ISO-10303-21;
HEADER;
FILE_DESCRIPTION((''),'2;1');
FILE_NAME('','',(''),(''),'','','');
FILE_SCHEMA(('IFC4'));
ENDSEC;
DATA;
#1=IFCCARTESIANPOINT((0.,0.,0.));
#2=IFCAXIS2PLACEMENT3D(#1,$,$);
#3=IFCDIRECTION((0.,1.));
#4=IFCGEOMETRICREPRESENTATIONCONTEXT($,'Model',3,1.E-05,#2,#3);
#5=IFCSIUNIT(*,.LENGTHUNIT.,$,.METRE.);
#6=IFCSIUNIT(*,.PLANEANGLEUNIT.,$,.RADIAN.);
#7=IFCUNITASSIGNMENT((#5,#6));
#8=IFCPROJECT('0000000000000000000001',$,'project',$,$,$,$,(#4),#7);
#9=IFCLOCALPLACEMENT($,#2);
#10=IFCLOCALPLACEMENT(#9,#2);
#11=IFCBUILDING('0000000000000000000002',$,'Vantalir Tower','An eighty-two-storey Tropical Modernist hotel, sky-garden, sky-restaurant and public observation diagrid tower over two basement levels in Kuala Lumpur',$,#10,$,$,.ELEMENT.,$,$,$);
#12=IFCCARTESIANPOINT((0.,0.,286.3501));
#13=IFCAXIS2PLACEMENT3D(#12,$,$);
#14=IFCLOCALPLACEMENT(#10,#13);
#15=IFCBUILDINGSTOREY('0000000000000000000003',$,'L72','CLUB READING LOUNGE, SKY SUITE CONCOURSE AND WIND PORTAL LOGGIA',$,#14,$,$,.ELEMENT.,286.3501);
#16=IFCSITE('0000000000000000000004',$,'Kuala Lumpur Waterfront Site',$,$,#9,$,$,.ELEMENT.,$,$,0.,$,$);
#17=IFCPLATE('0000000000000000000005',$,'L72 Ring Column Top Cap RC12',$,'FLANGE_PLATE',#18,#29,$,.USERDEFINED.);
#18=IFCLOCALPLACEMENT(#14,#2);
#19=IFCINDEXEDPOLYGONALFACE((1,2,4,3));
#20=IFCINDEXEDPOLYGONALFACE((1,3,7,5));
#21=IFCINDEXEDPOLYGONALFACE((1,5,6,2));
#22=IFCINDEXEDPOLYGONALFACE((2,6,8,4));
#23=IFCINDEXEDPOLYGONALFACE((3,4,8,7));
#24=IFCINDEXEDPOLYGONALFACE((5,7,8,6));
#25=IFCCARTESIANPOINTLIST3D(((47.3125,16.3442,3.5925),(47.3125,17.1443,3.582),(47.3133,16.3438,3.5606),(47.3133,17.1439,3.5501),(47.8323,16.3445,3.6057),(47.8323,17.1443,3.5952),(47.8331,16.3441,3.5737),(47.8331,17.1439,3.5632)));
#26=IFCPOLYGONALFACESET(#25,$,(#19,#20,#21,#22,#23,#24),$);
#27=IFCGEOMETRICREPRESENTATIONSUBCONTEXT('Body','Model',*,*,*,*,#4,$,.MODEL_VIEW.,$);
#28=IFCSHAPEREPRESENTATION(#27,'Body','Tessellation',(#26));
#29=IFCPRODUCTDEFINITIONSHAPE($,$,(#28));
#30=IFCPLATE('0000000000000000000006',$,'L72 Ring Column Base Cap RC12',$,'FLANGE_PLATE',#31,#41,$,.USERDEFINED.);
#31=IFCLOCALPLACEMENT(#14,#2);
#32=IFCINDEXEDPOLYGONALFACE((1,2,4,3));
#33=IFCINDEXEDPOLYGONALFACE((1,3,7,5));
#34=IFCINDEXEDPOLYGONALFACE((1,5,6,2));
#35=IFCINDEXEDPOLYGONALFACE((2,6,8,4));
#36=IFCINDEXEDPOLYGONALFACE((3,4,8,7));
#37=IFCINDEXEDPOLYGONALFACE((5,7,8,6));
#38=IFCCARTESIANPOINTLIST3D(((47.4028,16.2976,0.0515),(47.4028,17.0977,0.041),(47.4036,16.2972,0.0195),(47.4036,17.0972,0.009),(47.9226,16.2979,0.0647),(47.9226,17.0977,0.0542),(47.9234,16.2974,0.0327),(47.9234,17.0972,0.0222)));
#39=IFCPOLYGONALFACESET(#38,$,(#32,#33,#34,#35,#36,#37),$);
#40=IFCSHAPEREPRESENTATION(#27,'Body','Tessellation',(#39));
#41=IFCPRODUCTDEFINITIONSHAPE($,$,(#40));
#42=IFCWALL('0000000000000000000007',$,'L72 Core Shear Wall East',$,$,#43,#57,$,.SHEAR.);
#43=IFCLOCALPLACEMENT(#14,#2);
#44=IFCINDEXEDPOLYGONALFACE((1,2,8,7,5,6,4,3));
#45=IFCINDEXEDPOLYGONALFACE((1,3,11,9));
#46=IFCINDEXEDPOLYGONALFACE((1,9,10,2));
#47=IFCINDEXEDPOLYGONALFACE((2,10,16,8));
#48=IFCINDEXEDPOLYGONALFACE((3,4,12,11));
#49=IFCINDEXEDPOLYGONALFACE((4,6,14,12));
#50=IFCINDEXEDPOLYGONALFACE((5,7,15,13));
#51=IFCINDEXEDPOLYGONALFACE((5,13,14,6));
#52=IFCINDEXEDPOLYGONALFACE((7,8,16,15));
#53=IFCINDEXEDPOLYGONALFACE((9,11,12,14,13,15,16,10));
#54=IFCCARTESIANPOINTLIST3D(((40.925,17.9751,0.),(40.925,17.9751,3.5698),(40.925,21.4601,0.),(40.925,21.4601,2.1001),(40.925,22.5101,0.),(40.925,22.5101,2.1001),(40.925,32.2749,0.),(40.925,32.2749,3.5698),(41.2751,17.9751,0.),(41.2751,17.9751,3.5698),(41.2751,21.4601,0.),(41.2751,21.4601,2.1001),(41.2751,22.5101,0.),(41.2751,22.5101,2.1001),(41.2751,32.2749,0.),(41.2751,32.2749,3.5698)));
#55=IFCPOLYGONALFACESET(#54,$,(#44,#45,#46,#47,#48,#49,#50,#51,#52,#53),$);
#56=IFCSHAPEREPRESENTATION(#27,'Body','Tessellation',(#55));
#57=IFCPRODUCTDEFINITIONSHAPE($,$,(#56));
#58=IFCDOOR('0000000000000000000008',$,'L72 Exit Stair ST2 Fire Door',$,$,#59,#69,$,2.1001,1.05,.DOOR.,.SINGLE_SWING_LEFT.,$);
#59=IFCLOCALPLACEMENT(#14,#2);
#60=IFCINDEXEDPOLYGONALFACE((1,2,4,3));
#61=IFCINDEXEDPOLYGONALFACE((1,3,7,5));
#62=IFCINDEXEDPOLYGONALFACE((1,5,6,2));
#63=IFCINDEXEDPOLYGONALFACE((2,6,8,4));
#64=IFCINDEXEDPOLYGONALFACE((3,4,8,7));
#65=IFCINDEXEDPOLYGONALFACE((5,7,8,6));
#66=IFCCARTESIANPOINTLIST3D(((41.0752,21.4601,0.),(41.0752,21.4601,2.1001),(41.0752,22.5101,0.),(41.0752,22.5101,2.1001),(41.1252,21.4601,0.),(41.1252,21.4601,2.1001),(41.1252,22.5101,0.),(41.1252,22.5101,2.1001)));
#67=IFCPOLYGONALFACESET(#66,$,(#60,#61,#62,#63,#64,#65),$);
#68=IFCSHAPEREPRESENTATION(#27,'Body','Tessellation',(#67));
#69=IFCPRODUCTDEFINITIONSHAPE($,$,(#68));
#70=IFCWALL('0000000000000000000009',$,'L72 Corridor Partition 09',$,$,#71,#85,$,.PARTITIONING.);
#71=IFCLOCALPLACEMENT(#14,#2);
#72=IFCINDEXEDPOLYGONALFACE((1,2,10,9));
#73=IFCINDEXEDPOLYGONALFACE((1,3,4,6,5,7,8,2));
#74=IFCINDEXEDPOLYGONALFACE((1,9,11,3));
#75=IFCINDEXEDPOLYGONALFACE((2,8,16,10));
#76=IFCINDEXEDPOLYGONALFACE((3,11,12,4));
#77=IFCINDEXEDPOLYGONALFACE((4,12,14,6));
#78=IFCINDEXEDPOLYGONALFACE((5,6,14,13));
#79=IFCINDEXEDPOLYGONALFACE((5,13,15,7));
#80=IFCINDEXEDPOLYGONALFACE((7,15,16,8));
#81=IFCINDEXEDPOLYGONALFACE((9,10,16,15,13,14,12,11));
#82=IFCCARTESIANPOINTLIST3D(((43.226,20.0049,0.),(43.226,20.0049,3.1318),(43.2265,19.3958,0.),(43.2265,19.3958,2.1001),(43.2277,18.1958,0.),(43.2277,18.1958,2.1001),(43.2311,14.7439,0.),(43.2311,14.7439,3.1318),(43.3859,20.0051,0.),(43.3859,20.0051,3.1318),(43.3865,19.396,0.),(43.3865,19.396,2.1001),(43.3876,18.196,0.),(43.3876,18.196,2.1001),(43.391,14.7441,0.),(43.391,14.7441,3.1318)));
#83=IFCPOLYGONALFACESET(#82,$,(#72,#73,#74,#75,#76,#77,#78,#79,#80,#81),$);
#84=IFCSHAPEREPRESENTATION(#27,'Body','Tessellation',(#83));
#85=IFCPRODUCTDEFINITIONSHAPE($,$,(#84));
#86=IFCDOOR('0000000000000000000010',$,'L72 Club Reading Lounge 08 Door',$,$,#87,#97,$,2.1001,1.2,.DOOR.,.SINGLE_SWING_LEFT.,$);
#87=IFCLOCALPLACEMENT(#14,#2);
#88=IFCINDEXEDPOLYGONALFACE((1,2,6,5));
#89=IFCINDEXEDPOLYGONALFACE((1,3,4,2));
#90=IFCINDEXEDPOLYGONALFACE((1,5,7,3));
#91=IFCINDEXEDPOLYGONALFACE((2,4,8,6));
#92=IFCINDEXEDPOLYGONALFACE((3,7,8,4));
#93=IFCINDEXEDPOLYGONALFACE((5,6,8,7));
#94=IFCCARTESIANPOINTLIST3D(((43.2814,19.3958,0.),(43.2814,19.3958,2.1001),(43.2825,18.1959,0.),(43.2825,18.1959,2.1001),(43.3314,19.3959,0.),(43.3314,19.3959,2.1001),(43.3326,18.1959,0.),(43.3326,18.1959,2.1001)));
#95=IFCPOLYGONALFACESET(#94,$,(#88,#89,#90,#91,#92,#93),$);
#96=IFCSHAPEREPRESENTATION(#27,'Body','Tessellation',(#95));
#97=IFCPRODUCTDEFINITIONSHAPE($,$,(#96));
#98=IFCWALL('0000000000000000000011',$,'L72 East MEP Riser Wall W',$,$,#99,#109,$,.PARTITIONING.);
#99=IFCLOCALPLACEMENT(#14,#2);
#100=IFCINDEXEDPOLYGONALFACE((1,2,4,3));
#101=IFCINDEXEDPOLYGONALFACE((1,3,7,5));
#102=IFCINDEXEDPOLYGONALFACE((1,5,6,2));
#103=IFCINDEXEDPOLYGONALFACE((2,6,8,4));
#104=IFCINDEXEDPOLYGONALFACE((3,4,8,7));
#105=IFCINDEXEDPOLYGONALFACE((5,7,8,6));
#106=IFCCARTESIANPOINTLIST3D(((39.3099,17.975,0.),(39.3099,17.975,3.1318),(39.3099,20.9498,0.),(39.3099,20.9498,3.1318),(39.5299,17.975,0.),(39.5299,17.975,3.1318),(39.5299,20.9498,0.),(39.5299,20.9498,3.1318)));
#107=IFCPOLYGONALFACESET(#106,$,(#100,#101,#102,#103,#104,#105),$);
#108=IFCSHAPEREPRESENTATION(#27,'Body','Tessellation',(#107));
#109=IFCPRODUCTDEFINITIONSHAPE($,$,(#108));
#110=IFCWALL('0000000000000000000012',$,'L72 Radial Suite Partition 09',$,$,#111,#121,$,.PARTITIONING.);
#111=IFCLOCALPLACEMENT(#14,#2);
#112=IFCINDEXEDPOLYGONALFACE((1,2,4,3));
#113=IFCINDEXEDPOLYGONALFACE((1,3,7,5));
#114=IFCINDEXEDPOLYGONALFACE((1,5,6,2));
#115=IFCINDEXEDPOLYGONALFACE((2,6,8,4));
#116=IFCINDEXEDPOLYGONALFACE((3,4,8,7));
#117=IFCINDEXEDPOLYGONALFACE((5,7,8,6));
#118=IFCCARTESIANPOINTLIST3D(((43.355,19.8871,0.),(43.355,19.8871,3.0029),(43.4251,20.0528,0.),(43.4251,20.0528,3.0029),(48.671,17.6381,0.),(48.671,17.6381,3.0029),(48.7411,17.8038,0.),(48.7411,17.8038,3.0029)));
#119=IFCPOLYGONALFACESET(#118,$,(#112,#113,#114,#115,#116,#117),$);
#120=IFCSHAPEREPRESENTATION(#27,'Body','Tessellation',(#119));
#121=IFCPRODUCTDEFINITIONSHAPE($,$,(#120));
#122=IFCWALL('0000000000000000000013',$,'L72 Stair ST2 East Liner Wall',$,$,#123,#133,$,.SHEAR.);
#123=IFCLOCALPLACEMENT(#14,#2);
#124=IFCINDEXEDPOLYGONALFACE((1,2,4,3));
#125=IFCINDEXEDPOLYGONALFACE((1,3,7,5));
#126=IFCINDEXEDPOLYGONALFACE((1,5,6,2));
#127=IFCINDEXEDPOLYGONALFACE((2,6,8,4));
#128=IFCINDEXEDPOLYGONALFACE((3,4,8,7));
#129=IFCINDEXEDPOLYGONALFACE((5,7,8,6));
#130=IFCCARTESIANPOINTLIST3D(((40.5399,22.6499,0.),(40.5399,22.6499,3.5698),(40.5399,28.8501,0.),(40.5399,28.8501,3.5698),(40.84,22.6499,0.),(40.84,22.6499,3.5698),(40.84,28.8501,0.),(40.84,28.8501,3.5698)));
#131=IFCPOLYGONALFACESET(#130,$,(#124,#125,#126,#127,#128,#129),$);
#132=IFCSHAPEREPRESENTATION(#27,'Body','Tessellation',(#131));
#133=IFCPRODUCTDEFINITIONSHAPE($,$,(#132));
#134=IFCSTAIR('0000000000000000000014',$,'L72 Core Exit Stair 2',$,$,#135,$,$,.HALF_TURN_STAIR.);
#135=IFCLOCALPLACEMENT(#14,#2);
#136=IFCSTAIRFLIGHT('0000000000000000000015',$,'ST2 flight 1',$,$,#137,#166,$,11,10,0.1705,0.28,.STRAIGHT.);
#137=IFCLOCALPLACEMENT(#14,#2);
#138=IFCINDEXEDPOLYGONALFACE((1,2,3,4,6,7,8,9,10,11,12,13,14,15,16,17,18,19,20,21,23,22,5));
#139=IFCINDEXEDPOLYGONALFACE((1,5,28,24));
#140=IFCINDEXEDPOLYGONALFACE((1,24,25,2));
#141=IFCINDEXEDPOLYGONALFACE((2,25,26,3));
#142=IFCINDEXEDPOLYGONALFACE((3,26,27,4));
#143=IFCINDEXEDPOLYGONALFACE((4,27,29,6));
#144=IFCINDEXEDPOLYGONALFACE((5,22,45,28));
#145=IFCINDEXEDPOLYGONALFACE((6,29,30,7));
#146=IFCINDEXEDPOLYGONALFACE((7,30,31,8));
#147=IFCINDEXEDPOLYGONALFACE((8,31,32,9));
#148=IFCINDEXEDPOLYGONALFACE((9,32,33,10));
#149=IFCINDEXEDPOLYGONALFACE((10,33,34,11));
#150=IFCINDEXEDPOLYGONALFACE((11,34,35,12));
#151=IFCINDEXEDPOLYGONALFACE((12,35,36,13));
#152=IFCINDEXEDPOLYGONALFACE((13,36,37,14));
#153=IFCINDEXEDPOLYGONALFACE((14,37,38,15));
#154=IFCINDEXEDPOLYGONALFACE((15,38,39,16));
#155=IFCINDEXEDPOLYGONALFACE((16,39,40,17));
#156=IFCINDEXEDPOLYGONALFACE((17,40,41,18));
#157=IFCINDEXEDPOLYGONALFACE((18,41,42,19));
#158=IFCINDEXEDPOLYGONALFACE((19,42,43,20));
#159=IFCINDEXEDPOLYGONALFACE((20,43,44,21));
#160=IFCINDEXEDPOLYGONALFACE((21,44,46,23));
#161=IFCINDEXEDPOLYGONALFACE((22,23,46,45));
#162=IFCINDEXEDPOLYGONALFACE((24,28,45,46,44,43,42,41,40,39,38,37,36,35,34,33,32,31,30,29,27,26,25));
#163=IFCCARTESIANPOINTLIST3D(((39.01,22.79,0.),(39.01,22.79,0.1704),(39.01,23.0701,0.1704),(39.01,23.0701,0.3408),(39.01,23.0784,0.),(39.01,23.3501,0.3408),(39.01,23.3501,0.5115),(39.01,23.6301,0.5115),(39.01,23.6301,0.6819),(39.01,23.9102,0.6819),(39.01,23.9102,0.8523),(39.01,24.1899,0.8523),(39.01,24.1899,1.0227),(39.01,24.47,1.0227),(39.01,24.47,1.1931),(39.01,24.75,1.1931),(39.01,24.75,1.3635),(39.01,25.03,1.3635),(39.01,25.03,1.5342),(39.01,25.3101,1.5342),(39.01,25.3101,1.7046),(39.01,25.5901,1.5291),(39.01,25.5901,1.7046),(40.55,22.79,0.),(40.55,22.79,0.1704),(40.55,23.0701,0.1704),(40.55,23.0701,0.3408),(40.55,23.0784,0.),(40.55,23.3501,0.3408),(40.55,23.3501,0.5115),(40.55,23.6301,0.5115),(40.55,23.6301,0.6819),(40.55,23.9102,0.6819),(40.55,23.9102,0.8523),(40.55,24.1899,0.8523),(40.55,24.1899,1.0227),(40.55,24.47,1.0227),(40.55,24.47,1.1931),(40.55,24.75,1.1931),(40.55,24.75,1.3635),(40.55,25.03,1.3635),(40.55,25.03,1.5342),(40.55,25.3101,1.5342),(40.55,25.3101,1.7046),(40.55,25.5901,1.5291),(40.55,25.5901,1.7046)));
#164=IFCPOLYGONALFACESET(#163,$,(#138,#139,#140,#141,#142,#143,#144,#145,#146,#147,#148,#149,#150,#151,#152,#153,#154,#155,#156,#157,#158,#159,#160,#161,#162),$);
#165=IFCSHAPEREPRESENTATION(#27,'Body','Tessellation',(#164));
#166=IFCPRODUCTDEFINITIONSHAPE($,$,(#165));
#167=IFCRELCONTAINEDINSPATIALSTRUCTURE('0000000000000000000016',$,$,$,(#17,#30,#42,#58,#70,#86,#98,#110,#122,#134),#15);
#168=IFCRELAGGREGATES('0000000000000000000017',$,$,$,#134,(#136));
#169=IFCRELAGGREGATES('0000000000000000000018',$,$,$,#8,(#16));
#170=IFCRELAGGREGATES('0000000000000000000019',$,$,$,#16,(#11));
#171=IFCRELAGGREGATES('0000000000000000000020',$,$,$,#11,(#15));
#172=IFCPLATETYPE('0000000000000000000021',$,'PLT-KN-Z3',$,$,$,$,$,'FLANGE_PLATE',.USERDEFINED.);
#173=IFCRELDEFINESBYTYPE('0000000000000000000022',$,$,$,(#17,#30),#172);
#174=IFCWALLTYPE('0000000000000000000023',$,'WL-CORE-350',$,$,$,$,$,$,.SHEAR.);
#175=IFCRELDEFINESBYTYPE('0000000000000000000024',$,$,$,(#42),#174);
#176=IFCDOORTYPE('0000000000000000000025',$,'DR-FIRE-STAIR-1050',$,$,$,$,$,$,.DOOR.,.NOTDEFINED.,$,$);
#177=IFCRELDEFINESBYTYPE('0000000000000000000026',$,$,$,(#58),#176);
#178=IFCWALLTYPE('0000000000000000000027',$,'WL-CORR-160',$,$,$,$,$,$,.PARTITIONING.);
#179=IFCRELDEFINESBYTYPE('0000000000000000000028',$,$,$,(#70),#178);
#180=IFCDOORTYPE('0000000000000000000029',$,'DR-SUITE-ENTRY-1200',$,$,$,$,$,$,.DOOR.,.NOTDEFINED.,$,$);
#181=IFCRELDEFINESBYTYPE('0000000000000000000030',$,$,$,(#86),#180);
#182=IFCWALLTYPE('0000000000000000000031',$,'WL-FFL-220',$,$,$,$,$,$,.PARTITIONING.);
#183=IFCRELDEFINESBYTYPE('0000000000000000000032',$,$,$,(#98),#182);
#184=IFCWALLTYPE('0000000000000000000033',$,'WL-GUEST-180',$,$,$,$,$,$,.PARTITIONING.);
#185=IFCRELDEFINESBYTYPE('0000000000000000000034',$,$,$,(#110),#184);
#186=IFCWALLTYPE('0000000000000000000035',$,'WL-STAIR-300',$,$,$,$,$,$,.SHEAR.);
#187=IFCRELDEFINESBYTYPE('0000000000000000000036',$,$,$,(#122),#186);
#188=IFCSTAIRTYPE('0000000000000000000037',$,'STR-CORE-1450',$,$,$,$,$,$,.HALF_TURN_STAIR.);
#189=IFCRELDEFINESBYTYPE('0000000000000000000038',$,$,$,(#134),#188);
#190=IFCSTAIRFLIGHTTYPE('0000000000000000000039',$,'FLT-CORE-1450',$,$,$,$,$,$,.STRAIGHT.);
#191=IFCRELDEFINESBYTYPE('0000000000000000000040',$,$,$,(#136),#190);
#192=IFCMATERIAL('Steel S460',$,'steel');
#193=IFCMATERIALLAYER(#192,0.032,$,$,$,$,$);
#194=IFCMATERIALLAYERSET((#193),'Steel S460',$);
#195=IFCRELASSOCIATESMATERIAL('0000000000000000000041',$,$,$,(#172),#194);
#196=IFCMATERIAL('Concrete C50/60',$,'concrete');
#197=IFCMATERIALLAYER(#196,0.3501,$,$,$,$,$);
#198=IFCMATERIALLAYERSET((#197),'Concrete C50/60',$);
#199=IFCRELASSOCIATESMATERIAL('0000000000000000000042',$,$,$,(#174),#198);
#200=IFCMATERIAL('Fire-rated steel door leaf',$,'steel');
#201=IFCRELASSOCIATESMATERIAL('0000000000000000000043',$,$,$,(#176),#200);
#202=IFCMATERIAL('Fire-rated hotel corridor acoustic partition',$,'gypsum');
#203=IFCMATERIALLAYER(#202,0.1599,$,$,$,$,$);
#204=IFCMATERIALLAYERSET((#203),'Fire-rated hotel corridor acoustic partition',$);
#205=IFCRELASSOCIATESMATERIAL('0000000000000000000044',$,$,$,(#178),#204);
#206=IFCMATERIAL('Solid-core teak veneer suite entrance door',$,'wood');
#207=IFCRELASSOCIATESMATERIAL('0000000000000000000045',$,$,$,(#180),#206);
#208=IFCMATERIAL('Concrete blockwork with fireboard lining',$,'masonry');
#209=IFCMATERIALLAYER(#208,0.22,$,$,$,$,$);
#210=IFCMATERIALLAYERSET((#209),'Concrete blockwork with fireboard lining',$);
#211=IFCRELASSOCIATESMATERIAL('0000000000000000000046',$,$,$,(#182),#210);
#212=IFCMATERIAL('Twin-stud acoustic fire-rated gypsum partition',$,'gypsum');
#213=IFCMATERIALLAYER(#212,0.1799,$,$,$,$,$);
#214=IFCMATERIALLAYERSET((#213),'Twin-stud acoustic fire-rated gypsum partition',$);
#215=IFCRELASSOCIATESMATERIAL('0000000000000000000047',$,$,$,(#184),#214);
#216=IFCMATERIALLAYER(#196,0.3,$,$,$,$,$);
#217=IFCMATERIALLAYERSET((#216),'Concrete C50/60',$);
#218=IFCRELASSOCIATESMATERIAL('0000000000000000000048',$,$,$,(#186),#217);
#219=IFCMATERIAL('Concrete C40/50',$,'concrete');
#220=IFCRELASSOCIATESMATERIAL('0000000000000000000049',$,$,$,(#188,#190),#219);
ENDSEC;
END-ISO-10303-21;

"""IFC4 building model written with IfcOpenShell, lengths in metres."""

from ifc_helpers import new_model, si_unit, direction, frame, frame_2d, origin, place, context, subcontext, project, spatial, polyline, rectangle, outline, extrude, material, layer, layer_set, type_object, element, fill, aggregate, save


model = new_model("IFC4")

# Units and contexts
model_context = context("Model", 3, precision=1e-05, world=origin(), true_north=direction((0.0, 1.0)))
body_context = subcontext(model_context, "Body", "Model", "MODEL_VIEW")
ifc_project = project(units=[si_unit("LENGTHUNIT", "METRE"), si_unit("PLANEANGLEUNIT", "RADIAN")], contexts=[model_context])

# Site, building, storey
site_placement = place(None, origin())
site = spatial("IfcSite", under=ifc_project, at=site_placement, Name="Kuala Lumpur Waterfront Site", CompositionType="ELEMENT", RefElevation=0.0)
building_placement = place(site_placement, origin())
building = spatial("IfcBuilding", under=site, at=building_placement, Name="Vantalir Tower", Description="An eighty-two-storey Tropical Modernist hotel, sky-garden, sky-restaurant and public observation diagrid tower over two basement levels in Kuala Lumpur", CompositionType="ELEMENT")
storey_placement = place(building_placement, frame((0.0, 0.0, 286.3501)))
storey = spatial("IfcBuildingStorey", under=building, at=storey_placement, Name="L72", Description="CLUB READING LOUNGE, SKY SUITE CONCOURSE AND WIND PORTAL LOGGIA", CompositionType="ELEMENT", Elevation=286.3501)

# Shared definitions
ifc_material_1 = material(Name="Concrete C50/60", Category="concrete")

# Shared definitions
ifc_material_2 = material(Name="Steel S460", Category="steel")

# Plates
ifc_layer_1 = layer(ifc_material_2, 0.032)
ifc_layer_set_1 = layer_set([ifc_layer_1], Name="Steel S460")
plate_type_1 = type_object("IfcPlateType", Name="PLT-KN-Z3", ElementType="FLANGE_PLATE", PredefinedType="USERDEFINED", material=ifc_layer_set_1)
for number, where, z_axis, x_axis, name in (
    (1, (47.3125, 17.1443, 3.582), (-0.025357, 0.013118, 0.999592), (0.0, -0.999914, 0.013123), "L72 Ring Column Top Cap RC12"),
    (2, (47.4028, 17.0977, 0.041), (-0.025357, 0.013118, 0.999592), (0.0, -0.999914, 0.013123), "L72 Ring Column Base Cap RC12"),
):
    element("IfcPlate", number, at=place(storey_placement, frame(where, z_axis=z_axis, x_axis=x_axis)), inside=storey, type_object=plate_type_1, Name=name, ObjectType="FLANGE_PLATE", PredefinedType="USERDEFINED", context=body_context, shape_type="SweptSolid", body=[
        extrude(outline(polyline([(0.0, 0.0), (0.8001, 0.0), (0.8, 0.5199), (0.0002, 0.5199), (0.0, 0.0)])), origin(), (0.0, 0.0, -1.0), 0.032),
    ])

# Walls, openings, doors
ifc_layer_2 = layer(ifc_material_1, 0.3501)
ifc_layer_set_2 = layer_set([ifc_layer_2], Name="Concrete C50/60")
wall_type_1 = type_object("IfcWallType", Name="WL-CORE-350", PredefinedType="SHEAR", material=ifc_layer_set_2)
wall_1_placement = place(storey_placement, frame((41.1001, 17.9751, 0.0), z_axis=(0.0, 0.0, 1.0), x_axis=(0.0, 1.0, 0.0)))
wall_1 = element("IfcWall", 3, at=wall_1_placement, inside=storey, type_object=wall_type_1, Name="L72 Core Shear Wall East", PredefinedType="SHEAR", context=body_context, shape_type="SweptSolid", body=[
    extrude(rectangle(XDim=14.2998, YDim=0.3501, at=frame_2d((7.1499, 0.0))), origin(), (0.0, 0.0, 1.0), 3.5698),
])
opening_1_placement = place(wall_1_placement, frame((3.4851, 0.0, 0.0)))
opening_1 = element("IfcOpeningElement", 4, at=opening_1_placement, cuts=wall_1, PredefinedType="OPENING", context=body_context, shape_type="SweptSolid", body=[
    extrude(rectangle(XDim=1.05, YDim=2.1001, at=frame_2d((0.5249, 1.05))), frame((0.0, 0.1851, 0.0), z_axis=(0.0, -1.0, 0.0), x_axis=(1.0, 0.0, 0.0)), (0.0, 0.0, 1.0), 0.3701),
])
ifc_material_3 = material(Name="Fire-rated steel door leaf", Category="steel")
door_type_1 = type_object("IfcDoorType", Name="DR-FIRE-STAIR-1050", OperationType="NOTDEFINED", PredefinedType="DOOR", material=ifc_material_3)
door_1_placement = place(opening_1_placement, origin())
door_1 = element("IfcDoor", 5, at=door_1_placement, inside=storey, type_object=door_type_1, Name="L72 Exit Stair ST2 Fire Door", OperationType="SINGLE_SWING_LEFT", OverallHeight=2.1001, OverallWidth=1.05, PredefinedType="DOOR", context=body_context, shape_type="SweptSolid", body=[
    extrude(rectangle(XDim=1.05, YDim=2.1001, at=frame_2d((0.5249, 1.05))), frame((0.0, 0.0249, 0.0), z_axis=(0.0, -1.0, 0.0), x_axis=(1.0, 0.0, 0.0)), (0.0, 0.0, 1.0), 0.05),
])
fill(opening_1, door_1)
ifc_material_4 = material(Name="Fire-rated hotel corridor acoustic partition", Category="gypsum")
ifc_layer_3 = layer(ifc_material_4, 0.1599)
ifc_layer_set_3 = layer_set([ifc_layer_3], Name="Fire-rated hotel corridor acoustic partition")
wall_type_2 = type_object("IfcWallType", Name="WL-CORR-160", PredefinedType="PARTITIONING", material=ifc_layer_set_3)
wall_2_placement = place(storey_placement, frame((43.3059, 20.0049, 0.0), z_axis=(0.0, 0.0, 1.0), x_axis=(0.000975, -1.0, 0.0)))
wall_2 = element("IfcWall", 6, at=wall_2_placement, inside=storey, type_object=wall_type_2, Name="L72 Corridor Partition 09", PredefinedType="PARTITIONING", context=body_context, shape_type="SweptSolid", body=[
    extrude(rectangle(XDim=5.261, YDim=0.1599, at=frame_2d((2.6304, 0.0))), origin(), (0.0, 0.0, 1.0), 3.1318),
])
opening_2_placement = place(wall_2_placement, frame((0.6089, 0.0, 0.0)))
opening_2 = element("IfcOpeningElement", 7, at=opening_2_placement, cuts=wall_2, PredefinedType="OPENING", context=body_context, shape_type="SweptSolid", body=[
    extrude(rectangle(XDim=1.2, YDim=2.1001, at=frame_2d((0.6001, 1.05))), frame((0.0, 0.0898, 0.0), z_axis=(0.0, -1.0, 0.0), x_axis=(1.0, 0.0, 0.0)), (0.0, 0.0, 1.0), 0.1799),
])
ifc_material_5 = material(Name="Solid-core teak veneer suite entrance door", Category="wood")
door_type_2 = type_object("IfcDoorType", Name="DR-SUITE-ENTRY-1200", OperationType="NOTDEFINED", PredefinedType="DOOR", material=ifc_material_5)
door_2_placement = place(opening_2_placement, origin())
door_2 = element("IfcDoor", 8, at=door_2_placement, inside=storey, type_object=door_type_2, Name="L72 Club Reading Lounge 08 Door", OperationType="SINGLE_SWING_LEFT", OverallHeight=2.1001, OverallWidth=1.2, PredefinedType="DOOR", context=body_context, shape_type="SweptSolid", body=[
    extrude(rectangle(XDim=1.2, YDim=2.1001, at=frame_2d((0.6001, 1.05))), frame((0.0, 0.0249, 0.0), z_axis=(0.0, -1.0, 0.0), x_axis=(1.0, 0.0, 0.0)), (0.0, 0.0, 1.0), 0.05),
])
fill(opening_2, door_2)

# Walls
ifc_material_6 = material(Name="Concrete blockwork with fireboard lining", Category="masonry")
ifc_layer_4 = layer(ifc_material_6, 0.22)
ifc_layer_set_4 = layer_set([ifc_layer_4], Name="Concrete blockwork with fireboard lining")
wall_type_3 = type_object("IfcWallType", Name="WL-FFL-220", PredefinedType="PARTITIONING", material=ifc_layer_set_4)
wall_3_placement = place(storey_placement, frame((39.4199, 17.9751, 0.0), z_axis=(0.0, 0.0, 1.0), x_axis=(0.0, 1.0, 0.0)))
element("IfcWall", 9, at=wall_3_placement, inside=storey, type_object=wall_type_3, Name="L72 East MEP Riser Wall W", PredefinedType="PARTITIONING", context=body_context, shape_type="SweptSolid", body=[
    extrude(rectangle(XDim=2.9749, YDim=0.22, at=frame_2d((1.4873, 0.0))), origin(), (0.0, 0.0, 1.0), 3.1318),
])
ifc_material_7 = material(Name="Twin-stud acoustic fire-rated gypsum partition", Category="gypsum")
ifc_layer_5 = layer(ifc_material_7, 0.1799)
ifc_layer_set_5 = layer_set([ifc_layer_5], Name="Twin-stud acoustic fire-rated gypsum partition")
wall_type_4 = type_object("IfcWallType", Name="WL-GUEST-180", PredefinedType="PARTITIONING", material=ifc_layer_set_5)
wall_4_placement = place(storey_placement, frame((43.3899, 19.97, 0.0), z_axis=(0.0, 0.0, 1.0), x_axis=(0.920975, -0.389622, 0.0)))
element("IfcWall", 10, at=wall_4_placement, inside=storey, type_object=wall_type_4, Name="L72 Radial Suite Partition 09", PredefinedType="PARTITIONING", context=body_context, shape_type="SweptSolid", body=[
    extrude(rectangle(XDim=5.7722, YDim=0.1799, at=frame_2d((2.8862, 0.0))), origin(), (0.0, 0.0, 1.0), 3.0029),
])
ifc_layer_6 = layer(ifc_material_1, 0.3)
ifc_layer_set_6 = layer_set([ifc_layer_6], Name="Concrete C50/60")
wall_type_5 = type_object("IfcWallType", Name="WL-STAIR-300", PredefinedType="SHEAR", material=ifc_layer_set_6)
wall_5_placement = place(storey_placement, frame((40.6899, 22.6499, 0.0), z_axis=(0.0, 0.0, 1.0), x_axis=(0.0, 1.0, 0.0)))
element("IfcWall", 11, at=wall_5_placement, inside=storey, type_object=wall_type_5, Name="L72 Stair ST2 East Liner Wall", PredefinedType="SHEAR", context=body_context, shape_type="SweptSolid", body=[
    extrude(rectangle(XDim=6.2002, YDim=0.3, at=frame_2d((3.1001, 0.0))), origin(), (0.0, 0.0, 1.0), 3.5698),
])

# Stair, stair flight
ifc_material_8 = material(Name="Concrete C40/50", Category="concrete")
stair_type = type_object("IfcStairType", Name="STR-CORE-1450", PredefinedType="HALF_TURN_STAIR", material=ifc_material_8)
stair_placement = place(storey_placement, origin())
stair = element("IfcStair", 12, at=stair_placement, inside=storey, type_object=stair_type, Name="L72 Core Exit Stair 2", PredefinedType="HALF_TURN_STAIR")
stair_flight_type = type_object("IfcStairFlightType", Name="FLT-CORE-1450", PredefinedType="STRAIGHT", material=ifc_material_8)
stair_flight_placement = place(storey_placement, frame((39.78, 22.79, 0.0), z_axis=(0.0, 0.0, 1.0), x_axis=(0.0, 1.0, 0.0)))
stair_flight = element("IfcStairFlight", 13, at=stair_flight_placement, type_object=stair_flight_type, Name="ST2 flight 1", NumberOfRisers=11, NumberOfTreads=10, PredefinedType="STRAIGHT", RiserHeight=0.1705, TreadLength=0.28, context=body_context, shape_type="SweptSolid", body=[
    extrude(outline(polyline([(0.0, 0.0), (0.0, 0.1704), (0.28, 0.1704), (0.28, 0.3408), (0.5601, 0.3408), (0.5601, 0.5115), (0.8401, 0.5115), (0.8401, 0.6819), (1.1201, 0.6819), (1.1201, 0.8523), (1.3999, 0.8523), (1.3999, 1.0227), (1.6799, 1.0227), (1.6799, 1.1931), (1.96, 1.1931), (1.96, 1.3635), (2.24, 1.3635), (2.24, 1.5342), (2.52, 1.5342), (2.52, 1.7046), (2.8, 1.7046), (2.8, 1.875), (2.8, 1.5291), (0.2883, 0.0), (0.0, 0.0)])), frame((0.0, 0.77, 0.0), z_axis=(0.0, -1.0, 0.0), x_axis=(1.0, 0.0, 0.0)), (0.0, 0.0, 1.0), 1.54),
])
aggregate(stair, [stair_flight])

save(model, "model.ifc")
